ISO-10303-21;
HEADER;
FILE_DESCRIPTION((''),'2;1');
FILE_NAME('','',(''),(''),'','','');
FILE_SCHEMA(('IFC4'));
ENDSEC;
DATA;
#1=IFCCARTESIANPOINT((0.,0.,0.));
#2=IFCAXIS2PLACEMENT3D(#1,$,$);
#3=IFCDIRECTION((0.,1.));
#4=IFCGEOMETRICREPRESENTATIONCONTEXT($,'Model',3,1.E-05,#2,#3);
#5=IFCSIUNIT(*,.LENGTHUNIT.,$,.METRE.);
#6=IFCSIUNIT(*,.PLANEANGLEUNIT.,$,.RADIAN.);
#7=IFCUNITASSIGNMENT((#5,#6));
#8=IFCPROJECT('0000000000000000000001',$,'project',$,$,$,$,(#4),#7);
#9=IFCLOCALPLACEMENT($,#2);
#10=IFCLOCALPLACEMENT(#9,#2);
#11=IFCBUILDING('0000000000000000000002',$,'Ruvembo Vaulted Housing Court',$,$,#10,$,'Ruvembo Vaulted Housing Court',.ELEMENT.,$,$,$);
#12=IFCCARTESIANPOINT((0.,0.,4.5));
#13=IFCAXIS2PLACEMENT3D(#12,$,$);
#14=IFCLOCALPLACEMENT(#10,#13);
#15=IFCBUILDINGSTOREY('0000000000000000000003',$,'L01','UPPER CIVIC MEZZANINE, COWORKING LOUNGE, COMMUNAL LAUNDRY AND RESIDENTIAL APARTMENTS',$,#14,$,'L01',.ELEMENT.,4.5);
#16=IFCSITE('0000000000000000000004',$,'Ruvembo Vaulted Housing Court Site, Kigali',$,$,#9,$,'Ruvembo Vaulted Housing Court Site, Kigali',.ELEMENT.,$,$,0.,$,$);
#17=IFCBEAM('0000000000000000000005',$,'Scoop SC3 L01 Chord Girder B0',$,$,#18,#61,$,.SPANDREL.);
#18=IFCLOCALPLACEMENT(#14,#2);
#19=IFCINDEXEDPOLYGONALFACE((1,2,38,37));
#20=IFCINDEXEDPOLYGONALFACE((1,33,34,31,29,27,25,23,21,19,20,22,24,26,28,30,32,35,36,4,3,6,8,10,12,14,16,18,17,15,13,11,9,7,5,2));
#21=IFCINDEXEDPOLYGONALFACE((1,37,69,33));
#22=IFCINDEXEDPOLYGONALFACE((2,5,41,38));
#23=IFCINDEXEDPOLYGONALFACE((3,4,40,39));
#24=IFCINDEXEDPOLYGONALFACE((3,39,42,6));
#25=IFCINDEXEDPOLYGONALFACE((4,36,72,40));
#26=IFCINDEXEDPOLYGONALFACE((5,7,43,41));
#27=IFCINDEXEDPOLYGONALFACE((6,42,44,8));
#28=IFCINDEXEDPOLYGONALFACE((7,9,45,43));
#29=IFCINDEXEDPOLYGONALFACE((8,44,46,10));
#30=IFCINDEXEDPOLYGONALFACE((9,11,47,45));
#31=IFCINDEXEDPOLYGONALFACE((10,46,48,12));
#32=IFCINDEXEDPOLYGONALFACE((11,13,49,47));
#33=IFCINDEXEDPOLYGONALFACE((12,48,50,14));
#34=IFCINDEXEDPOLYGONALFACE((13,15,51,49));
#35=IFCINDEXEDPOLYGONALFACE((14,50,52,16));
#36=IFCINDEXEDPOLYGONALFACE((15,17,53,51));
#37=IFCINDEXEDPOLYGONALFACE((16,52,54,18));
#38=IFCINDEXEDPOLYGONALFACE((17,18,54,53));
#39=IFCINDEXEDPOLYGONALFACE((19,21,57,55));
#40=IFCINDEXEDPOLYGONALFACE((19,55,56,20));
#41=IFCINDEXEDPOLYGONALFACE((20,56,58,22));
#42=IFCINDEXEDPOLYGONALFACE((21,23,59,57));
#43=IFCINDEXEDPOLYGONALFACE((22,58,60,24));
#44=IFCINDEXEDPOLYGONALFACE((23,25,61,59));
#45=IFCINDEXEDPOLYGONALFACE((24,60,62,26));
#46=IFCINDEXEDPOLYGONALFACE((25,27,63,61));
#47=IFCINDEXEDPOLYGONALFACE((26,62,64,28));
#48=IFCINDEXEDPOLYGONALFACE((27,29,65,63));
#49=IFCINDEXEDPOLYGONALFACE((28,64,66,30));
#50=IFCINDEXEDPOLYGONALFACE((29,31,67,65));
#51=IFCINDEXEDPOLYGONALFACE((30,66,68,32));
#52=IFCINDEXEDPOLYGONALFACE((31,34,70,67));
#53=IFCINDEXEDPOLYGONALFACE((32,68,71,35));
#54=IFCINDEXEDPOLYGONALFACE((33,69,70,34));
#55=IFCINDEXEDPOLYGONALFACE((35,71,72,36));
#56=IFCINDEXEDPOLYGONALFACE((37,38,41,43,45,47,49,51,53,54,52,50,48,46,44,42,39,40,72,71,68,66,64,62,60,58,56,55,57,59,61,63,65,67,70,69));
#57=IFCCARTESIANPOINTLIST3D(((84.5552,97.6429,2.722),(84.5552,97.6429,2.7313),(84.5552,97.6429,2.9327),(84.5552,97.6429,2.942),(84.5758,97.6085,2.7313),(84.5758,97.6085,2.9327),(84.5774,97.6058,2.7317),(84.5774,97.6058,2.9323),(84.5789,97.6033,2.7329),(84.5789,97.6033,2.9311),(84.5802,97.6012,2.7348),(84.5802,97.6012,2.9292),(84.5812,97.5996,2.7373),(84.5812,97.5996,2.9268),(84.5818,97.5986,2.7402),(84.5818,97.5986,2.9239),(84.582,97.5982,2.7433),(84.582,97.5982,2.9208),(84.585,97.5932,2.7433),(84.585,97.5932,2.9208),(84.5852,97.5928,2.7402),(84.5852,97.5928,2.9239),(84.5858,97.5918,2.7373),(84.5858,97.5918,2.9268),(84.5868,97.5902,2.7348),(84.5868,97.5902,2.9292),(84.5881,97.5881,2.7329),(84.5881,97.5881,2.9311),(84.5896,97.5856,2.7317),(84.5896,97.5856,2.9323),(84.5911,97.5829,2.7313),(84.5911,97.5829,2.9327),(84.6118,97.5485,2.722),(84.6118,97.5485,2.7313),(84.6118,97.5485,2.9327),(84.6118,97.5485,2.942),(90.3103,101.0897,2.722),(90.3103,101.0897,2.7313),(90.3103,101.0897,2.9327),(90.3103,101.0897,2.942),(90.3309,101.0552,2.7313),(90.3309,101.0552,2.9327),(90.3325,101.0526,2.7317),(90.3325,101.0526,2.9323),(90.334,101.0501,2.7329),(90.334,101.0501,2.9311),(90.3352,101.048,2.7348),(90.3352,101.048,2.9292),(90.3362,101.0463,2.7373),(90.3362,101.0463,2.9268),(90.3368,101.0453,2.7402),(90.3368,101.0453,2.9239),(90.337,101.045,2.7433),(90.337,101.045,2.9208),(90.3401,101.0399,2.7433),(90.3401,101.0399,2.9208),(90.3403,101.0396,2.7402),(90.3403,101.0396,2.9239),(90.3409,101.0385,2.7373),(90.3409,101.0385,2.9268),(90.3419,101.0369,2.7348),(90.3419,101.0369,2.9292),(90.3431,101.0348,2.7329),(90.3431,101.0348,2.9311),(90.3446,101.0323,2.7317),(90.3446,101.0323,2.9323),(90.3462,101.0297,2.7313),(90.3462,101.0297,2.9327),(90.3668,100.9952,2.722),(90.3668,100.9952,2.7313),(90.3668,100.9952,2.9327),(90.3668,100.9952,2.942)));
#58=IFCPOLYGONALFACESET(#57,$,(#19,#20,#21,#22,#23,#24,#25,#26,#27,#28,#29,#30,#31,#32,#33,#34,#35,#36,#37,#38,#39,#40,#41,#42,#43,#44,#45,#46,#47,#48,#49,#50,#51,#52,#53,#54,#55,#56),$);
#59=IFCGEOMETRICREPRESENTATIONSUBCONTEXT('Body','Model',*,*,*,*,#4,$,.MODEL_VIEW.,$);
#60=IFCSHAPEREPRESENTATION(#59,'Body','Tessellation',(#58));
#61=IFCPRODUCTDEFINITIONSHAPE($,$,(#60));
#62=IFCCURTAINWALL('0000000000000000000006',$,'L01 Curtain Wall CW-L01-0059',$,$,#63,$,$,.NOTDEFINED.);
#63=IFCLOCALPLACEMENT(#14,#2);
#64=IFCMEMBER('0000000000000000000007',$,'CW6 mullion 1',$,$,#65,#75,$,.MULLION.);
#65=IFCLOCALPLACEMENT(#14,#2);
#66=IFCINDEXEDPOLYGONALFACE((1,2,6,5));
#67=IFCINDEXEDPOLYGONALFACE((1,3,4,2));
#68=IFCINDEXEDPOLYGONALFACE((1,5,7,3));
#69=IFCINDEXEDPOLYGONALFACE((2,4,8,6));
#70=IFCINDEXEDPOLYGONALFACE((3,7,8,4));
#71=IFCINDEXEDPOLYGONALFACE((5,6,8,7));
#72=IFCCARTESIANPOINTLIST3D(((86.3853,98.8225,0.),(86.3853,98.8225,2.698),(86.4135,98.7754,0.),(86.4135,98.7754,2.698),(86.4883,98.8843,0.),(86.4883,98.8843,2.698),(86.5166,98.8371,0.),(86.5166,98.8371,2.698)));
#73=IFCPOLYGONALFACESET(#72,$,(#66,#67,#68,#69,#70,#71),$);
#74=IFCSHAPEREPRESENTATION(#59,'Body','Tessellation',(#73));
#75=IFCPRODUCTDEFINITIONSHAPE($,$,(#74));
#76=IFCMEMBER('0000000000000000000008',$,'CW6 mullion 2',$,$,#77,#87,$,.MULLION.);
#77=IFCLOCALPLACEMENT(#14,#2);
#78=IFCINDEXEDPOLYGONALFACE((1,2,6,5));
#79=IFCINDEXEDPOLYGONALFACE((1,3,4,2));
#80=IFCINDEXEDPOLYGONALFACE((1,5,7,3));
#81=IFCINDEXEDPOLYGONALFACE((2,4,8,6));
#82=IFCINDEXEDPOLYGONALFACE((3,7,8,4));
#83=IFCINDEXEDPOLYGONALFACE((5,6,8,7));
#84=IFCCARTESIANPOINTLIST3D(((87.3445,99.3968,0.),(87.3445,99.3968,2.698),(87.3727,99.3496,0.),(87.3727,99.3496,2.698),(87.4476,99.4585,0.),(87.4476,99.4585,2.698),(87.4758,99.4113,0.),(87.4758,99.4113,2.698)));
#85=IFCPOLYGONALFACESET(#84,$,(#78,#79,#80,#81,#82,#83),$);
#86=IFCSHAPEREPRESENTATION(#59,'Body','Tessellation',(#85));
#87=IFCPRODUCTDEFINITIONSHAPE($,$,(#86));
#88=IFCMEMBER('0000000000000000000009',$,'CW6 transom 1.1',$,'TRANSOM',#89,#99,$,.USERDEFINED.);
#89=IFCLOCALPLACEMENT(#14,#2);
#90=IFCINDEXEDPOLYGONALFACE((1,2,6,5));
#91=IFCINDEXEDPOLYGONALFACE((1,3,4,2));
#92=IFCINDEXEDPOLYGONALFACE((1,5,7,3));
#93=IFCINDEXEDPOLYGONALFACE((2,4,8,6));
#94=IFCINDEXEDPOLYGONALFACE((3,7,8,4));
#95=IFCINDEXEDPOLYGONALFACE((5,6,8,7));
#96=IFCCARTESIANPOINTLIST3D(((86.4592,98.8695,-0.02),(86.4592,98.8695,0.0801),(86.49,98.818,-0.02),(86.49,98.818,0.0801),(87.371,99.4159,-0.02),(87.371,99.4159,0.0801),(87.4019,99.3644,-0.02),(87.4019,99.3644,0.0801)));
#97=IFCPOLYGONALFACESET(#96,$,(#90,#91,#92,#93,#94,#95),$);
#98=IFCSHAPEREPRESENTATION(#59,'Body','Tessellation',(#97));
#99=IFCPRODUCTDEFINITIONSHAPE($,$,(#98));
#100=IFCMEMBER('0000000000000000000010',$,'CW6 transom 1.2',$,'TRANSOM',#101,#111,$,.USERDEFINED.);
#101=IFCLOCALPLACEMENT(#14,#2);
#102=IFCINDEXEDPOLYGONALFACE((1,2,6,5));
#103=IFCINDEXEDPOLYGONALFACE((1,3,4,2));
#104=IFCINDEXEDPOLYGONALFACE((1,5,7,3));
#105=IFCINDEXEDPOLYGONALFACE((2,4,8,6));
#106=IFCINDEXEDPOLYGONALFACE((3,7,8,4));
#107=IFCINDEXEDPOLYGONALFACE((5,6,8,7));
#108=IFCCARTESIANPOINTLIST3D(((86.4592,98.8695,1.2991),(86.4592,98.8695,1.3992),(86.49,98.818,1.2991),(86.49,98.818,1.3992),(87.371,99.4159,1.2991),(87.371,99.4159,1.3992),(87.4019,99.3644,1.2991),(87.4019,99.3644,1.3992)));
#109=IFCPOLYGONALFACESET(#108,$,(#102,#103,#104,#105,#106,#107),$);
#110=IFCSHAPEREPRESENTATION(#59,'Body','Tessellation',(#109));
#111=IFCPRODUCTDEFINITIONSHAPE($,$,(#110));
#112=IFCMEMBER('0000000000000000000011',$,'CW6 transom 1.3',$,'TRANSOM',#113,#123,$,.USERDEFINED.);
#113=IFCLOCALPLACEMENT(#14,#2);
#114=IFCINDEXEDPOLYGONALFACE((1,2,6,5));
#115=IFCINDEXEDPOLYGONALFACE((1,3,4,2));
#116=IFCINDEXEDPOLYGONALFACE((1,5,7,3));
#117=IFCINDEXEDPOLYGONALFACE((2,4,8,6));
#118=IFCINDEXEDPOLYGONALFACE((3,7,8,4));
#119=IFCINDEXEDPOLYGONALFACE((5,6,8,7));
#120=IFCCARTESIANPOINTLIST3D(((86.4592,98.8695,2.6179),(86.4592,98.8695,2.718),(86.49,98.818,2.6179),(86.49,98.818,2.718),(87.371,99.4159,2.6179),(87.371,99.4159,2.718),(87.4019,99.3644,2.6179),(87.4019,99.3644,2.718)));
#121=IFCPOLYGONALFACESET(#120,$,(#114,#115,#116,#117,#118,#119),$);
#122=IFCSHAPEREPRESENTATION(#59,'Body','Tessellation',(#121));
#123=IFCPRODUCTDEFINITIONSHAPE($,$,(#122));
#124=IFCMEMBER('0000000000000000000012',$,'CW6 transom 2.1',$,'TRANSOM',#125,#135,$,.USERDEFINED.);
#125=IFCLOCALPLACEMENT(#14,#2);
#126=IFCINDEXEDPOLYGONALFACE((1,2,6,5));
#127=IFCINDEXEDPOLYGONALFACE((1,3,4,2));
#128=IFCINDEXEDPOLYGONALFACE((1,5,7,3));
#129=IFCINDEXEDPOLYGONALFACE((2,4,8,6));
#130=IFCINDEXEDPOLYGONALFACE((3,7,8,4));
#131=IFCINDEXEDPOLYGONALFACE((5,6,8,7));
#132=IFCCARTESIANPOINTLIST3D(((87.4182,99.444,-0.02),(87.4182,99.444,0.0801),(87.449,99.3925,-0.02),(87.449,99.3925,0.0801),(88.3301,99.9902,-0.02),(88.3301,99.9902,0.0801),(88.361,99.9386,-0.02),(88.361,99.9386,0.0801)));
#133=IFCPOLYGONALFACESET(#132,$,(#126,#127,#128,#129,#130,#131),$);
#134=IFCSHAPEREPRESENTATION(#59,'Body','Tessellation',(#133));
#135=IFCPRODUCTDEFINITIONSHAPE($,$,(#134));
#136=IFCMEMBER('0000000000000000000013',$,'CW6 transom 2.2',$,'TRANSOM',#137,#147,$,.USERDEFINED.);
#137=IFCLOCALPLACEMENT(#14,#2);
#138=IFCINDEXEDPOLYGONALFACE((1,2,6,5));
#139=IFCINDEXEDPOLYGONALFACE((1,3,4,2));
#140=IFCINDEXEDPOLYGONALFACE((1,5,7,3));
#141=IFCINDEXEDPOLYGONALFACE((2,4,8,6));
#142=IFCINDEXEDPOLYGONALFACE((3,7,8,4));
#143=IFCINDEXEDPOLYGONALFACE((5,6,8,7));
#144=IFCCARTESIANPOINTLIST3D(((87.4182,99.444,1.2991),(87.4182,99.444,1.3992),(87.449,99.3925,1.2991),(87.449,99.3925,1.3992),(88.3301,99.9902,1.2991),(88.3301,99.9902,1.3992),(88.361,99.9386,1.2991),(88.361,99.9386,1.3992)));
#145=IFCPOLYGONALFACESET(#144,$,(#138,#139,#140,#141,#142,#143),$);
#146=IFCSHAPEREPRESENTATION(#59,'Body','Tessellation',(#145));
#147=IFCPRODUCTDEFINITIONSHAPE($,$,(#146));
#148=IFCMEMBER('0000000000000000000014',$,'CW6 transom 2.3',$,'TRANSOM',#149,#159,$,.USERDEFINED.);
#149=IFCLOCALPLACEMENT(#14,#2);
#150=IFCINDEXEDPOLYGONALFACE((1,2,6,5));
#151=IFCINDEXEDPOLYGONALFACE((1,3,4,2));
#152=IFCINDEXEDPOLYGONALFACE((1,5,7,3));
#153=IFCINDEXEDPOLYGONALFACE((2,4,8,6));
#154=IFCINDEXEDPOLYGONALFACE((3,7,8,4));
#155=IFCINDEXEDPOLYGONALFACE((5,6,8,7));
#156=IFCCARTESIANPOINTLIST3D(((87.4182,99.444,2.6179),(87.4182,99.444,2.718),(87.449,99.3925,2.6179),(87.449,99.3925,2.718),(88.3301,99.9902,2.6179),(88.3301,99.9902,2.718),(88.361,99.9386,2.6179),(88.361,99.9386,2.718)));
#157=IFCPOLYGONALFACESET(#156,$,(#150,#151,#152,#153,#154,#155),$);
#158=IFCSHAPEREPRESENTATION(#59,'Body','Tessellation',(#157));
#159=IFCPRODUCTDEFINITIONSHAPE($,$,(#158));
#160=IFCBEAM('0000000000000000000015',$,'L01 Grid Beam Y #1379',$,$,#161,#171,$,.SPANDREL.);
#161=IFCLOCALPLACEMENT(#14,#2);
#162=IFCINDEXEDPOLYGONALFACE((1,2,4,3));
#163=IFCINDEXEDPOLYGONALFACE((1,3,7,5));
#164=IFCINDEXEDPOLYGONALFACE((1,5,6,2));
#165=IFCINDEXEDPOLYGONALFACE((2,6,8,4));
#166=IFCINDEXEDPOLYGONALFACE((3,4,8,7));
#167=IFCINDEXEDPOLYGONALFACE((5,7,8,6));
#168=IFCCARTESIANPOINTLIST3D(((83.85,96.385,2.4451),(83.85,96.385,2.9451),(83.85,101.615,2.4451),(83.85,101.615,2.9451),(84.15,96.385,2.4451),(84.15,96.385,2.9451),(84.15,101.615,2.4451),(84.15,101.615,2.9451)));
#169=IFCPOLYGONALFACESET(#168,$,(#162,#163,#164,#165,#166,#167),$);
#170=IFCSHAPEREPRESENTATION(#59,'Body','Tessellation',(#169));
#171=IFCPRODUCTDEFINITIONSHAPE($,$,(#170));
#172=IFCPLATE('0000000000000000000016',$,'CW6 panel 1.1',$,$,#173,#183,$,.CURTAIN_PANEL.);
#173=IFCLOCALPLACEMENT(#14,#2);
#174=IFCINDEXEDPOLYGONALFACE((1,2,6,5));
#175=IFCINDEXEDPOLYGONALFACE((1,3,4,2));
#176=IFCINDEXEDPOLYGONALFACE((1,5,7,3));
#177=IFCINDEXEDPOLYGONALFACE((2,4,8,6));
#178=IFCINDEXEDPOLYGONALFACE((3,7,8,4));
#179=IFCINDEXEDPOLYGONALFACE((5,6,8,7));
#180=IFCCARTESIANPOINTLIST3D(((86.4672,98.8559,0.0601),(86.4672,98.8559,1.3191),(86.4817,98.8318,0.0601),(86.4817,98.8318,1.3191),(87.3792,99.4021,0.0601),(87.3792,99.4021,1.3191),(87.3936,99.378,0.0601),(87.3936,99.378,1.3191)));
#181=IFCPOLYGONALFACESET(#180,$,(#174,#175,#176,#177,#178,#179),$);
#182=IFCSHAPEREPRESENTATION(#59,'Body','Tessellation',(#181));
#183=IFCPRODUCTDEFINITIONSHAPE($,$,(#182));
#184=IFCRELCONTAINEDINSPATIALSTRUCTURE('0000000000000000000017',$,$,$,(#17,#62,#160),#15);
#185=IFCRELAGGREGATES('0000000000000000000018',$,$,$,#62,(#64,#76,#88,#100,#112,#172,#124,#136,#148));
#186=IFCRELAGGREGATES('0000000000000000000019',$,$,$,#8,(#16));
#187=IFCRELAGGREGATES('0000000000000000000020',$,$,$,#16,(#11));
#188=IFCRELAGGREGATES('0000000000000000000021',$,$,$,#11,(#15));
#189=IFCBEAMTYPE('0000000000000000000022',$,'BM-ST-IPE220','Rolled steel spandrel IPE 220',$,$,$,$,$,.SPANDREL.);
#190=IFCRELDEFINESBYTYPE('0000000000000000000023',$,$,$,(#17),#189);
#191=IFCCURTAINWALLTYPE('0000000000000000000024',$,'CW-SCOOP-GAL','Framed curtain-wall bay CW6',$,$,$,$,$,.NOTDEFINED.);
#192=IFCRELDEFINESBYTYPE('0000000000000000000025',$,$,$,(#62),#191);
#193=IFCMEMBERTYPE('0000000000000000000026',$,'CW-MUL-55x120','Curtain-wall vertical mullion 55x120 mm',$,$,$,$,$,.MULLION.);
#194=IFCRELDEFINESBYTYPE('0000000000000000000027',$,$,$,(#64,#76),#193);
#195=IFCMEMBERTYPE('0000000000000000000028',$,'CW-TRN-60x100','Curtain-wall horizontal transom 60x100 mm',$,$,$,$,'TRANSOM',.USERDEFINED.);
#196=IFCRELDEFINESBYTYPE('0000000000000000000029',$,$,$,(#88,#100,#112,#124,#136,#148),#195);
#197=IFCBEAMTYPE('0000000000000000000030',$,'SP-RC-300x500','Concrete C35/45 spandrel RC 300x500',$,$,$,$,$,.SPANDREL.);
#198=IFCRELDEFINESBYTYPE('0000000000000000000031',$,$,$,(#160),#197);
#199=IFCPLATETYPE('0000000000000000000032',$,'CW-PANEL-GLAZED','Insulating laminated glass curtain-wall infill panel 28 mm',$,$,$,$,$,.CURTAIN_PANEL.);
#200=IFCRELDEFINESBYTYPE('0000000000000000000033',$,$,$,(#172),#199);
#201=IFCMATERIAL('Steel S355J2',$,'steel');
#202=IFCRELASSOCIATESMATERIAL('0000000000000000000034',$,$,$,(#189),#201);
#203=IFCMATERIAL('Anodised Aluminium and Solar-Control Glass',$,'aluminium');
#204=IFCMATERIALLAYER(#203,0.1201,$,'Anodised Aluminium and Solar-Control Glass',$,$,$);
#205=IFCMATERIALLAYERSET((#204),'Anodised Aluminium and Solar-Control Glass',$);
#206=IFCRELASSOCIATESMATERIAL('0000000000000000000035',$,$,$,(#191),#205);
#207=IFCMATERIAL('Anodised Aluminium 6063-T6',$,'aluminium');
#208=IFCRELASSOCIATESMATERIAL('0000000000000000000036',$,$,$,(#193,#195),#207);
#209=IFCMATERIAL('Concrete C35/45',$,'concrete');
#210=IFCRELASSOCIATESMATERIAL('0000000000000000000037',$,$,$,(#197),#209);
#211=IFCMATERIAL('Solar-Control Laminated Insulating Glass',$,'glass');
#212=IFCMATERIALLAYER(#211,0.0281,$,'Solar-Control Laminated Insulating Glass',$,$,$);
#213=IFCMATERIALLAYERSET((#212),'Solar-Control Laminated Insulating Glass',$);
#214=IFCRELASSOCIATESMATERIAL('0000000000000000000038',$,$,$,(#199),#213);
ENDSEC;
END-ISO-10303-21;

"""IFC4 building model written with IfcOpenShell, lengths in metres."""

from ifc_helpers import new_model, si_unit, direction, frame, origin, origin_2d, place, context, subcontext, project, spatial, rectangle, i_section, extrude, material, layer, layer_set, material_profile, profile_set, type_object, element, aggregate, save


model = new_model("IFC4")

# Units and contexts
model_context = context("Model", 3, precision=1e-05, world=origin(), true_north=direction((0.0, 1.0)))
body_context = subcontext(model_context, "Body", "Model", "MODEL_VIEW")
ifc_project = project(units=[si_unit("LENGTHUNIT", "METRE"), si_unit("PLANEANGLEUNIT", "RADIAN")], contexts=[model_context])

# Site, building, storey
site_placement = place(None, origin())
site = spatial("IfcSite", under=ifc_project, at=site_placement, Name="Ruvembo Vaulted Housing Court Site, Kigali", LongName="Ruvembo Vaulted Housing Court Site, Kigali", CompositionType="ELEMENT", RefElevation=0.0)
building_placement = place(site_placement, origin())
building = spatial("IfcBuilding", under=site, at=building_placement, Name="Ruvembo Vaulted Housing Court", LongName="Ruvembo Vaulted Housing Court", CompositionType="ELEMENT")
storey_placement = place(building_placement, frame((0.0, 0.0, 4.5)))
storey = spatial("IfcBuildingStorey", under=building, at=storey_placement, Name="L01", Description="UPPER CIVIC MEZZANINE, COWORKING LOUNGE, COMMUNAL LAUNDRY AND RESIDENTIAL APARTMENTS", LongName="L01", CompositionType="ELEMENT", Elevation=4.5)

# Beam
ifc_material_1 = material(Name="Steel S355J2", Category="steel")
ifc_material_profile_1 = material_profile(ifc_material_1, i_section(OverallWidth=0.1101, OverallDepth=0.22, WebThickness=0.0059, FlangeThickness=0.0093, FilletRadius=0.012, at=origin_2d()), Name="IPE 220")
ifc_profile_set_1 = profile_set([ifc_material_profile_1], Name="Steel S355J2")
beam_type_1 = type_object("IfcBeamType", Name="BM-ST-IPE220", Description="Rolled steel spandrel IPE 220", PredefinedType="SPANDREL", material=ifc_profile_set_1)
beam_1_placement = place(storey_placement, frame((84.5835, 97.5957, 2.832), z_axis=(0.857907, 0.513805, 0.0), x_axis=(-0.513805, 0.857907, 0.0)))
element("IfcBeam", 1, at=beam_1_placement, inside=storey, type_object=beam_type_1, Name="Scoop SC3 L01 Chord Girder B0", PredefinedType="SPANDREL", context=body_context, shape_type="SweptSolid", body=[
    extrude(i_section(OverallWidth=0.1101, OverallDepth=0.22, WebThickness=0.0059, FlangeThickness=0.0093, FilletRadius=0.012, at=origin_2d()), origin(), (0.0, 0.0, 1.0), 6.7083),
])

# Curtain wall, members
ifc_material_2 = material(Name="Anodised Aluminium and Solar-Control Glass", Category="aluminium")
ifc_layer_1 = layer(ifc_material_2, 0.1201, Name="Anodised Aluminium and Solar-Control Glass")
ifc_layer_set_1 = layer_set([ifc_layer_1], Name="Anodised Aluminium and Solar-Control Glass")
curtain_wall_type = type_object("IfcCurtainWallType", Name="CW-SCOOP-GAL", Description="Framed curtain-wall bay CW6", PredefinedType="NOTDEFINED", material=ifc_layer_set_1)
curtain_wall_placement = place(storey_placement, origin())
curtain_wall = element("IfcCurtainWall", 2, at=curtain_wall_placement, inside=storey, type_object=curtain_wall_type, Name="L01 Curtain Wall CW-L01-0059", PredefinedType="NOTDEFINED")
ifc_material_3 = material(Name="Anodised Aluminium 6063-T6", Category="aluminium")
ifc_material_profile_2 = material_profile(ifc_material_3, rectangle(XDim=0.0549, YDim=0.1201, at=origin_2d()), Name="ALU 55x120")
ifc_profile_set_2 = profile_set([ifc_material_profile_2], Name="Anodised Aluminium 6063-T6")
member_type_1 = type_object("IfcMemberType", Name="CW-MUL-55x120", Description="Curtain-wall vertical mullion 55x120 mm", PredefinedType="MULLION", material=ifc_profile_set_2)
member_1_placement = place(storey_placement, frame((86.4509, 98.8298, 0.0), z_axis=(0.0, 0.0, 1.0), x_axis=(-0.513828, 0.857893, 0.0)))
member_1 = element("IfcMember", 3, at=member_1_placement, type_object=member_type_1, Name="CW6 mullion 1", PredefinedType="MULLION", context=body_context, shape_type="SweptSolid", body=[
    extrude(rectangle(XDim=0.0549, YDim=0.1201, at=origin_2d()), origin(), (0.0, 0.0, 1.0), 2.698),
])
member_2_placement = place(storey_placement, frame((87.4102, 99.4041, 0.0), z_axis=(0.0, 0.0, 1.0), x_axis=(-0.513828, 0.857893, 0.0)))
member_2 = element("IfcMember", 4, at=member_2_placement, type_object=member_type_1, Name="CW6 mullion 2", PredefinedType="MULLION", context=body_context, shape_type="SweptSolid", body=[
    extrude(rectangle(XDim=0.0549, YDim=0.1201, at=origin_2d()), origin(), (0.0, 0.0, 1.0), 2.698),
])
ifc_material_profile_3 = material_profile(ifc_material_3, rectangle(XDim=0.0601, YDim=0.1001, at=origin_2d()), Name="ALU 60x100")
ifc_profile_set_3 = profile_set([ifc_material_profile_3], Name="Anodised Aluminium 6063-T6")
member_type_2 = type_object("IfcMemberType", Name="CW-TRN-60x100", Description="Curtain-wall horizontal transom 60x100 mm", ElementType="TRANSOM", PredefinedType="USERDEFINED", material=ifc_profile_set_3)
member_3_placement = place(storey_placement, frame((86.4746, 98.8438, 0.03), z_axis=(0.857797, 0.513989, 0.0), x_axis=(-0.513989, 0.857797, 0.0)))
member_3 = element("IfcMember", 5, at=member_3_placement, type_object=member_type_2, Name="CW6 transom 1.1", ObjectType="TRANSOM", PredefinedType="USERDEFINED", context=body_context, shape_type="SweptSolid", body=[
    extrude(rectangle(XDim=0.0601, YDim=0.1001, at=origin_2d()), origin(), (0.0, 0.0, 1.0), 1.063),
])
member_4_placement = place(storey_placement, frame((86.4746, 98.8438, 1.3491), z_axis=(0.857797, 0.513989, 0.0), x_axis=(-0.513989, 0.857797, 0.0)))
member_4 = element("IfcMember", 6, at=member_4_placement, type_object=member_type_2, Name="CW6 transom 1.2", ObjectType="TRANSOM", PredefinedType="USERDEFINED", context=body_context, shape_type="SweptSolid", body=[
    extrude(rectangle(XDim=0.0601, YDim=0.1001, at=origin_2d()), origin(), (0.0, 0.0, 1.0), 1.063),
])
member_5_placement = place(storey_placement, frame((86.4746, 98.8438, 2.668), z_axis=(0.857797, 0.513989, 0.0), x_axis=(-0.513989, 0.857797, 0.0)))
member_5 = element("IfcMember", 7, at=member_5_placement, type_object=member_type_2, Name="CW6 transom 1.3", ObjectType="TRANSOM", PredefinedType="USERDEFINED", context=body_context, shape_type="SweptSolid", body=[
    extrude(rectangle(XDim=0.0601, YDim=0.1001, at=origin_2d()), origin(), (0.0, 0.0, 1.0), 1.063),
])
member_6_placement = place(storey_placement, frame((87.4336, 99.4182, 0.03), z_axis=(0.857898, 0.51382, 0.0), x_axis=(-0.51382, 0.857898, 0.0)))
member_6 = element("IfcMember", 8, at=member_6_placement, type_object=member_type_2, Name="CW6 transom 2.1", ObjectType="TRANSOM", PredefinedType="USERDEFINED", context=body_context, shape_type="SweptSolid", body=[
    extrude(rectangle(XDim=0.0601, YDim=0.1001, at=origin_2d()), origin(), (0.0, 0.0, 1.0), 1.063),
])
member_7_placement = place(storey_placement, frame((87.4336, 99.4182, 1.3491), z_axis=(0.857898, 0.51382, 0.0), x_axis=(-0.51382, 0.857898, 0.0)))
member_7 = element("IfcMember", 9, at=member_7_placement, type_object=member_type_2, Name="CW6 transom 2.2", ObjectType="TRANSOM", PredefinedType="USERDEFINED", context=body_context, shape_type="SweptSolid", body=[
    extrude(rectangle(XDim=0.0601, YDim=0.1001, at=origin_2d()), origin(), (0.0, 0.0, 1.0), 1.063),
])
member_8_placement = place(storey_placement, frame((87.4336, 99.4182, 2.668), z_axis=(0.857898, 0.51382, 0.0), x_axis=(-0.51382, 0.857898, 0.0)))
member_8 = element("IfcMember", 10, at=member_8_placement, type_object=member_type_2, Name="CW6 transom 2.3", ObjectType="TRANSOM", PredefinedType="USERDEFINED", context=body_context, shape_type="SweptSolid", body=[
    extrude(rectangle(XDim=0.0601, YDim=0.1001, at=origin_2d()), origin(), (0.0, 0.0, 1.0), 1.063),
])

# Beam
ifc_material_4 = material(Name="Concrete C35/45", Category="concrete")
ifc_material_profile_4 = material_profile(ifc_material_4, rectangle(XDim=0.3, YDim=0.5, at=origin_2d()), Name="RC 300x500")
ifc_profile_set_4 = profile_set([ifc_material_profile_4], Name="Concrete C35/45")
beam_type_2 = type_object("IfcBeamType", Name="SP-RC-300x500", Description="Concrete C35/45 spandrel RC 300x500", PredefinedType="SPANDREL", material=ifc_profile_set_4)
beam_2_placement = place(storey_placement, frame((84.0, 96.385, 2.6951), z_axis=(0.0, 1.0, 0.0), x_axis=(-1.0, 0.0, 0.0)))
element("IfcBeam", 11, at=beam_2_placement, inside=storey, type_object=beam_type_2, Name="L01 Grid Beam Y #1379", PredefinedType="SPANDREL", context=body_context, shape_type="SweptSolid", body=[
    extrude(rectangle(XDim=0.3, YDim=0.5, at=origin_2d()), origin(), (0.0, 0.0, 1.0), 5.23),
])

# Plate
ifc_material_5 = material(Name="Solar-Control Laminated Insulating Glass", Category="glass")
ifc_layer_2 = layer(ifc_material_5, 0.0281, Name="Solar-Control Laminated Insulating Glass")
ifc_layer_set_2 = layer_set([ifc_layer_2], Name="Solar-Control Laminated Insulating Glass")
plate_type_1 = type_object("IfcPlateType", Name="CW-PANEL-GLAZED", Description="Insulating laminated glass curtain-wall infill panel 28 mm", PredefinedType="CURTAIN_PANEL", material=ifc_layer_set_2)
plate_1_placement = place(storey_placement, frame((86.9304, 99.1169, 0.0601), z_axis=(0.0, 0.0, 1.0), x_axis=(0.857893, 0.513828, 0.0)))
plate_1 = element("IfcPlate", 12, at=plate_1_placement, type_object=plate_type_1, Name="CW6 panel 1.1", PredefinedType="CURTAIN_PANEL", context=body_context, shape_type="SweptSolid", body=[
    extrude(rectangle(XDim=1.063, YDim=0.0281, at=origin_2d()), origin(), (0.0, 0.0, 1.0), 1.259),
])
aggregate(curtain_wall, [member_1, member_2, member_3, member_4, member_5, plate_1, member_6, member_7, member_8])

save(model, "model.ifc")
